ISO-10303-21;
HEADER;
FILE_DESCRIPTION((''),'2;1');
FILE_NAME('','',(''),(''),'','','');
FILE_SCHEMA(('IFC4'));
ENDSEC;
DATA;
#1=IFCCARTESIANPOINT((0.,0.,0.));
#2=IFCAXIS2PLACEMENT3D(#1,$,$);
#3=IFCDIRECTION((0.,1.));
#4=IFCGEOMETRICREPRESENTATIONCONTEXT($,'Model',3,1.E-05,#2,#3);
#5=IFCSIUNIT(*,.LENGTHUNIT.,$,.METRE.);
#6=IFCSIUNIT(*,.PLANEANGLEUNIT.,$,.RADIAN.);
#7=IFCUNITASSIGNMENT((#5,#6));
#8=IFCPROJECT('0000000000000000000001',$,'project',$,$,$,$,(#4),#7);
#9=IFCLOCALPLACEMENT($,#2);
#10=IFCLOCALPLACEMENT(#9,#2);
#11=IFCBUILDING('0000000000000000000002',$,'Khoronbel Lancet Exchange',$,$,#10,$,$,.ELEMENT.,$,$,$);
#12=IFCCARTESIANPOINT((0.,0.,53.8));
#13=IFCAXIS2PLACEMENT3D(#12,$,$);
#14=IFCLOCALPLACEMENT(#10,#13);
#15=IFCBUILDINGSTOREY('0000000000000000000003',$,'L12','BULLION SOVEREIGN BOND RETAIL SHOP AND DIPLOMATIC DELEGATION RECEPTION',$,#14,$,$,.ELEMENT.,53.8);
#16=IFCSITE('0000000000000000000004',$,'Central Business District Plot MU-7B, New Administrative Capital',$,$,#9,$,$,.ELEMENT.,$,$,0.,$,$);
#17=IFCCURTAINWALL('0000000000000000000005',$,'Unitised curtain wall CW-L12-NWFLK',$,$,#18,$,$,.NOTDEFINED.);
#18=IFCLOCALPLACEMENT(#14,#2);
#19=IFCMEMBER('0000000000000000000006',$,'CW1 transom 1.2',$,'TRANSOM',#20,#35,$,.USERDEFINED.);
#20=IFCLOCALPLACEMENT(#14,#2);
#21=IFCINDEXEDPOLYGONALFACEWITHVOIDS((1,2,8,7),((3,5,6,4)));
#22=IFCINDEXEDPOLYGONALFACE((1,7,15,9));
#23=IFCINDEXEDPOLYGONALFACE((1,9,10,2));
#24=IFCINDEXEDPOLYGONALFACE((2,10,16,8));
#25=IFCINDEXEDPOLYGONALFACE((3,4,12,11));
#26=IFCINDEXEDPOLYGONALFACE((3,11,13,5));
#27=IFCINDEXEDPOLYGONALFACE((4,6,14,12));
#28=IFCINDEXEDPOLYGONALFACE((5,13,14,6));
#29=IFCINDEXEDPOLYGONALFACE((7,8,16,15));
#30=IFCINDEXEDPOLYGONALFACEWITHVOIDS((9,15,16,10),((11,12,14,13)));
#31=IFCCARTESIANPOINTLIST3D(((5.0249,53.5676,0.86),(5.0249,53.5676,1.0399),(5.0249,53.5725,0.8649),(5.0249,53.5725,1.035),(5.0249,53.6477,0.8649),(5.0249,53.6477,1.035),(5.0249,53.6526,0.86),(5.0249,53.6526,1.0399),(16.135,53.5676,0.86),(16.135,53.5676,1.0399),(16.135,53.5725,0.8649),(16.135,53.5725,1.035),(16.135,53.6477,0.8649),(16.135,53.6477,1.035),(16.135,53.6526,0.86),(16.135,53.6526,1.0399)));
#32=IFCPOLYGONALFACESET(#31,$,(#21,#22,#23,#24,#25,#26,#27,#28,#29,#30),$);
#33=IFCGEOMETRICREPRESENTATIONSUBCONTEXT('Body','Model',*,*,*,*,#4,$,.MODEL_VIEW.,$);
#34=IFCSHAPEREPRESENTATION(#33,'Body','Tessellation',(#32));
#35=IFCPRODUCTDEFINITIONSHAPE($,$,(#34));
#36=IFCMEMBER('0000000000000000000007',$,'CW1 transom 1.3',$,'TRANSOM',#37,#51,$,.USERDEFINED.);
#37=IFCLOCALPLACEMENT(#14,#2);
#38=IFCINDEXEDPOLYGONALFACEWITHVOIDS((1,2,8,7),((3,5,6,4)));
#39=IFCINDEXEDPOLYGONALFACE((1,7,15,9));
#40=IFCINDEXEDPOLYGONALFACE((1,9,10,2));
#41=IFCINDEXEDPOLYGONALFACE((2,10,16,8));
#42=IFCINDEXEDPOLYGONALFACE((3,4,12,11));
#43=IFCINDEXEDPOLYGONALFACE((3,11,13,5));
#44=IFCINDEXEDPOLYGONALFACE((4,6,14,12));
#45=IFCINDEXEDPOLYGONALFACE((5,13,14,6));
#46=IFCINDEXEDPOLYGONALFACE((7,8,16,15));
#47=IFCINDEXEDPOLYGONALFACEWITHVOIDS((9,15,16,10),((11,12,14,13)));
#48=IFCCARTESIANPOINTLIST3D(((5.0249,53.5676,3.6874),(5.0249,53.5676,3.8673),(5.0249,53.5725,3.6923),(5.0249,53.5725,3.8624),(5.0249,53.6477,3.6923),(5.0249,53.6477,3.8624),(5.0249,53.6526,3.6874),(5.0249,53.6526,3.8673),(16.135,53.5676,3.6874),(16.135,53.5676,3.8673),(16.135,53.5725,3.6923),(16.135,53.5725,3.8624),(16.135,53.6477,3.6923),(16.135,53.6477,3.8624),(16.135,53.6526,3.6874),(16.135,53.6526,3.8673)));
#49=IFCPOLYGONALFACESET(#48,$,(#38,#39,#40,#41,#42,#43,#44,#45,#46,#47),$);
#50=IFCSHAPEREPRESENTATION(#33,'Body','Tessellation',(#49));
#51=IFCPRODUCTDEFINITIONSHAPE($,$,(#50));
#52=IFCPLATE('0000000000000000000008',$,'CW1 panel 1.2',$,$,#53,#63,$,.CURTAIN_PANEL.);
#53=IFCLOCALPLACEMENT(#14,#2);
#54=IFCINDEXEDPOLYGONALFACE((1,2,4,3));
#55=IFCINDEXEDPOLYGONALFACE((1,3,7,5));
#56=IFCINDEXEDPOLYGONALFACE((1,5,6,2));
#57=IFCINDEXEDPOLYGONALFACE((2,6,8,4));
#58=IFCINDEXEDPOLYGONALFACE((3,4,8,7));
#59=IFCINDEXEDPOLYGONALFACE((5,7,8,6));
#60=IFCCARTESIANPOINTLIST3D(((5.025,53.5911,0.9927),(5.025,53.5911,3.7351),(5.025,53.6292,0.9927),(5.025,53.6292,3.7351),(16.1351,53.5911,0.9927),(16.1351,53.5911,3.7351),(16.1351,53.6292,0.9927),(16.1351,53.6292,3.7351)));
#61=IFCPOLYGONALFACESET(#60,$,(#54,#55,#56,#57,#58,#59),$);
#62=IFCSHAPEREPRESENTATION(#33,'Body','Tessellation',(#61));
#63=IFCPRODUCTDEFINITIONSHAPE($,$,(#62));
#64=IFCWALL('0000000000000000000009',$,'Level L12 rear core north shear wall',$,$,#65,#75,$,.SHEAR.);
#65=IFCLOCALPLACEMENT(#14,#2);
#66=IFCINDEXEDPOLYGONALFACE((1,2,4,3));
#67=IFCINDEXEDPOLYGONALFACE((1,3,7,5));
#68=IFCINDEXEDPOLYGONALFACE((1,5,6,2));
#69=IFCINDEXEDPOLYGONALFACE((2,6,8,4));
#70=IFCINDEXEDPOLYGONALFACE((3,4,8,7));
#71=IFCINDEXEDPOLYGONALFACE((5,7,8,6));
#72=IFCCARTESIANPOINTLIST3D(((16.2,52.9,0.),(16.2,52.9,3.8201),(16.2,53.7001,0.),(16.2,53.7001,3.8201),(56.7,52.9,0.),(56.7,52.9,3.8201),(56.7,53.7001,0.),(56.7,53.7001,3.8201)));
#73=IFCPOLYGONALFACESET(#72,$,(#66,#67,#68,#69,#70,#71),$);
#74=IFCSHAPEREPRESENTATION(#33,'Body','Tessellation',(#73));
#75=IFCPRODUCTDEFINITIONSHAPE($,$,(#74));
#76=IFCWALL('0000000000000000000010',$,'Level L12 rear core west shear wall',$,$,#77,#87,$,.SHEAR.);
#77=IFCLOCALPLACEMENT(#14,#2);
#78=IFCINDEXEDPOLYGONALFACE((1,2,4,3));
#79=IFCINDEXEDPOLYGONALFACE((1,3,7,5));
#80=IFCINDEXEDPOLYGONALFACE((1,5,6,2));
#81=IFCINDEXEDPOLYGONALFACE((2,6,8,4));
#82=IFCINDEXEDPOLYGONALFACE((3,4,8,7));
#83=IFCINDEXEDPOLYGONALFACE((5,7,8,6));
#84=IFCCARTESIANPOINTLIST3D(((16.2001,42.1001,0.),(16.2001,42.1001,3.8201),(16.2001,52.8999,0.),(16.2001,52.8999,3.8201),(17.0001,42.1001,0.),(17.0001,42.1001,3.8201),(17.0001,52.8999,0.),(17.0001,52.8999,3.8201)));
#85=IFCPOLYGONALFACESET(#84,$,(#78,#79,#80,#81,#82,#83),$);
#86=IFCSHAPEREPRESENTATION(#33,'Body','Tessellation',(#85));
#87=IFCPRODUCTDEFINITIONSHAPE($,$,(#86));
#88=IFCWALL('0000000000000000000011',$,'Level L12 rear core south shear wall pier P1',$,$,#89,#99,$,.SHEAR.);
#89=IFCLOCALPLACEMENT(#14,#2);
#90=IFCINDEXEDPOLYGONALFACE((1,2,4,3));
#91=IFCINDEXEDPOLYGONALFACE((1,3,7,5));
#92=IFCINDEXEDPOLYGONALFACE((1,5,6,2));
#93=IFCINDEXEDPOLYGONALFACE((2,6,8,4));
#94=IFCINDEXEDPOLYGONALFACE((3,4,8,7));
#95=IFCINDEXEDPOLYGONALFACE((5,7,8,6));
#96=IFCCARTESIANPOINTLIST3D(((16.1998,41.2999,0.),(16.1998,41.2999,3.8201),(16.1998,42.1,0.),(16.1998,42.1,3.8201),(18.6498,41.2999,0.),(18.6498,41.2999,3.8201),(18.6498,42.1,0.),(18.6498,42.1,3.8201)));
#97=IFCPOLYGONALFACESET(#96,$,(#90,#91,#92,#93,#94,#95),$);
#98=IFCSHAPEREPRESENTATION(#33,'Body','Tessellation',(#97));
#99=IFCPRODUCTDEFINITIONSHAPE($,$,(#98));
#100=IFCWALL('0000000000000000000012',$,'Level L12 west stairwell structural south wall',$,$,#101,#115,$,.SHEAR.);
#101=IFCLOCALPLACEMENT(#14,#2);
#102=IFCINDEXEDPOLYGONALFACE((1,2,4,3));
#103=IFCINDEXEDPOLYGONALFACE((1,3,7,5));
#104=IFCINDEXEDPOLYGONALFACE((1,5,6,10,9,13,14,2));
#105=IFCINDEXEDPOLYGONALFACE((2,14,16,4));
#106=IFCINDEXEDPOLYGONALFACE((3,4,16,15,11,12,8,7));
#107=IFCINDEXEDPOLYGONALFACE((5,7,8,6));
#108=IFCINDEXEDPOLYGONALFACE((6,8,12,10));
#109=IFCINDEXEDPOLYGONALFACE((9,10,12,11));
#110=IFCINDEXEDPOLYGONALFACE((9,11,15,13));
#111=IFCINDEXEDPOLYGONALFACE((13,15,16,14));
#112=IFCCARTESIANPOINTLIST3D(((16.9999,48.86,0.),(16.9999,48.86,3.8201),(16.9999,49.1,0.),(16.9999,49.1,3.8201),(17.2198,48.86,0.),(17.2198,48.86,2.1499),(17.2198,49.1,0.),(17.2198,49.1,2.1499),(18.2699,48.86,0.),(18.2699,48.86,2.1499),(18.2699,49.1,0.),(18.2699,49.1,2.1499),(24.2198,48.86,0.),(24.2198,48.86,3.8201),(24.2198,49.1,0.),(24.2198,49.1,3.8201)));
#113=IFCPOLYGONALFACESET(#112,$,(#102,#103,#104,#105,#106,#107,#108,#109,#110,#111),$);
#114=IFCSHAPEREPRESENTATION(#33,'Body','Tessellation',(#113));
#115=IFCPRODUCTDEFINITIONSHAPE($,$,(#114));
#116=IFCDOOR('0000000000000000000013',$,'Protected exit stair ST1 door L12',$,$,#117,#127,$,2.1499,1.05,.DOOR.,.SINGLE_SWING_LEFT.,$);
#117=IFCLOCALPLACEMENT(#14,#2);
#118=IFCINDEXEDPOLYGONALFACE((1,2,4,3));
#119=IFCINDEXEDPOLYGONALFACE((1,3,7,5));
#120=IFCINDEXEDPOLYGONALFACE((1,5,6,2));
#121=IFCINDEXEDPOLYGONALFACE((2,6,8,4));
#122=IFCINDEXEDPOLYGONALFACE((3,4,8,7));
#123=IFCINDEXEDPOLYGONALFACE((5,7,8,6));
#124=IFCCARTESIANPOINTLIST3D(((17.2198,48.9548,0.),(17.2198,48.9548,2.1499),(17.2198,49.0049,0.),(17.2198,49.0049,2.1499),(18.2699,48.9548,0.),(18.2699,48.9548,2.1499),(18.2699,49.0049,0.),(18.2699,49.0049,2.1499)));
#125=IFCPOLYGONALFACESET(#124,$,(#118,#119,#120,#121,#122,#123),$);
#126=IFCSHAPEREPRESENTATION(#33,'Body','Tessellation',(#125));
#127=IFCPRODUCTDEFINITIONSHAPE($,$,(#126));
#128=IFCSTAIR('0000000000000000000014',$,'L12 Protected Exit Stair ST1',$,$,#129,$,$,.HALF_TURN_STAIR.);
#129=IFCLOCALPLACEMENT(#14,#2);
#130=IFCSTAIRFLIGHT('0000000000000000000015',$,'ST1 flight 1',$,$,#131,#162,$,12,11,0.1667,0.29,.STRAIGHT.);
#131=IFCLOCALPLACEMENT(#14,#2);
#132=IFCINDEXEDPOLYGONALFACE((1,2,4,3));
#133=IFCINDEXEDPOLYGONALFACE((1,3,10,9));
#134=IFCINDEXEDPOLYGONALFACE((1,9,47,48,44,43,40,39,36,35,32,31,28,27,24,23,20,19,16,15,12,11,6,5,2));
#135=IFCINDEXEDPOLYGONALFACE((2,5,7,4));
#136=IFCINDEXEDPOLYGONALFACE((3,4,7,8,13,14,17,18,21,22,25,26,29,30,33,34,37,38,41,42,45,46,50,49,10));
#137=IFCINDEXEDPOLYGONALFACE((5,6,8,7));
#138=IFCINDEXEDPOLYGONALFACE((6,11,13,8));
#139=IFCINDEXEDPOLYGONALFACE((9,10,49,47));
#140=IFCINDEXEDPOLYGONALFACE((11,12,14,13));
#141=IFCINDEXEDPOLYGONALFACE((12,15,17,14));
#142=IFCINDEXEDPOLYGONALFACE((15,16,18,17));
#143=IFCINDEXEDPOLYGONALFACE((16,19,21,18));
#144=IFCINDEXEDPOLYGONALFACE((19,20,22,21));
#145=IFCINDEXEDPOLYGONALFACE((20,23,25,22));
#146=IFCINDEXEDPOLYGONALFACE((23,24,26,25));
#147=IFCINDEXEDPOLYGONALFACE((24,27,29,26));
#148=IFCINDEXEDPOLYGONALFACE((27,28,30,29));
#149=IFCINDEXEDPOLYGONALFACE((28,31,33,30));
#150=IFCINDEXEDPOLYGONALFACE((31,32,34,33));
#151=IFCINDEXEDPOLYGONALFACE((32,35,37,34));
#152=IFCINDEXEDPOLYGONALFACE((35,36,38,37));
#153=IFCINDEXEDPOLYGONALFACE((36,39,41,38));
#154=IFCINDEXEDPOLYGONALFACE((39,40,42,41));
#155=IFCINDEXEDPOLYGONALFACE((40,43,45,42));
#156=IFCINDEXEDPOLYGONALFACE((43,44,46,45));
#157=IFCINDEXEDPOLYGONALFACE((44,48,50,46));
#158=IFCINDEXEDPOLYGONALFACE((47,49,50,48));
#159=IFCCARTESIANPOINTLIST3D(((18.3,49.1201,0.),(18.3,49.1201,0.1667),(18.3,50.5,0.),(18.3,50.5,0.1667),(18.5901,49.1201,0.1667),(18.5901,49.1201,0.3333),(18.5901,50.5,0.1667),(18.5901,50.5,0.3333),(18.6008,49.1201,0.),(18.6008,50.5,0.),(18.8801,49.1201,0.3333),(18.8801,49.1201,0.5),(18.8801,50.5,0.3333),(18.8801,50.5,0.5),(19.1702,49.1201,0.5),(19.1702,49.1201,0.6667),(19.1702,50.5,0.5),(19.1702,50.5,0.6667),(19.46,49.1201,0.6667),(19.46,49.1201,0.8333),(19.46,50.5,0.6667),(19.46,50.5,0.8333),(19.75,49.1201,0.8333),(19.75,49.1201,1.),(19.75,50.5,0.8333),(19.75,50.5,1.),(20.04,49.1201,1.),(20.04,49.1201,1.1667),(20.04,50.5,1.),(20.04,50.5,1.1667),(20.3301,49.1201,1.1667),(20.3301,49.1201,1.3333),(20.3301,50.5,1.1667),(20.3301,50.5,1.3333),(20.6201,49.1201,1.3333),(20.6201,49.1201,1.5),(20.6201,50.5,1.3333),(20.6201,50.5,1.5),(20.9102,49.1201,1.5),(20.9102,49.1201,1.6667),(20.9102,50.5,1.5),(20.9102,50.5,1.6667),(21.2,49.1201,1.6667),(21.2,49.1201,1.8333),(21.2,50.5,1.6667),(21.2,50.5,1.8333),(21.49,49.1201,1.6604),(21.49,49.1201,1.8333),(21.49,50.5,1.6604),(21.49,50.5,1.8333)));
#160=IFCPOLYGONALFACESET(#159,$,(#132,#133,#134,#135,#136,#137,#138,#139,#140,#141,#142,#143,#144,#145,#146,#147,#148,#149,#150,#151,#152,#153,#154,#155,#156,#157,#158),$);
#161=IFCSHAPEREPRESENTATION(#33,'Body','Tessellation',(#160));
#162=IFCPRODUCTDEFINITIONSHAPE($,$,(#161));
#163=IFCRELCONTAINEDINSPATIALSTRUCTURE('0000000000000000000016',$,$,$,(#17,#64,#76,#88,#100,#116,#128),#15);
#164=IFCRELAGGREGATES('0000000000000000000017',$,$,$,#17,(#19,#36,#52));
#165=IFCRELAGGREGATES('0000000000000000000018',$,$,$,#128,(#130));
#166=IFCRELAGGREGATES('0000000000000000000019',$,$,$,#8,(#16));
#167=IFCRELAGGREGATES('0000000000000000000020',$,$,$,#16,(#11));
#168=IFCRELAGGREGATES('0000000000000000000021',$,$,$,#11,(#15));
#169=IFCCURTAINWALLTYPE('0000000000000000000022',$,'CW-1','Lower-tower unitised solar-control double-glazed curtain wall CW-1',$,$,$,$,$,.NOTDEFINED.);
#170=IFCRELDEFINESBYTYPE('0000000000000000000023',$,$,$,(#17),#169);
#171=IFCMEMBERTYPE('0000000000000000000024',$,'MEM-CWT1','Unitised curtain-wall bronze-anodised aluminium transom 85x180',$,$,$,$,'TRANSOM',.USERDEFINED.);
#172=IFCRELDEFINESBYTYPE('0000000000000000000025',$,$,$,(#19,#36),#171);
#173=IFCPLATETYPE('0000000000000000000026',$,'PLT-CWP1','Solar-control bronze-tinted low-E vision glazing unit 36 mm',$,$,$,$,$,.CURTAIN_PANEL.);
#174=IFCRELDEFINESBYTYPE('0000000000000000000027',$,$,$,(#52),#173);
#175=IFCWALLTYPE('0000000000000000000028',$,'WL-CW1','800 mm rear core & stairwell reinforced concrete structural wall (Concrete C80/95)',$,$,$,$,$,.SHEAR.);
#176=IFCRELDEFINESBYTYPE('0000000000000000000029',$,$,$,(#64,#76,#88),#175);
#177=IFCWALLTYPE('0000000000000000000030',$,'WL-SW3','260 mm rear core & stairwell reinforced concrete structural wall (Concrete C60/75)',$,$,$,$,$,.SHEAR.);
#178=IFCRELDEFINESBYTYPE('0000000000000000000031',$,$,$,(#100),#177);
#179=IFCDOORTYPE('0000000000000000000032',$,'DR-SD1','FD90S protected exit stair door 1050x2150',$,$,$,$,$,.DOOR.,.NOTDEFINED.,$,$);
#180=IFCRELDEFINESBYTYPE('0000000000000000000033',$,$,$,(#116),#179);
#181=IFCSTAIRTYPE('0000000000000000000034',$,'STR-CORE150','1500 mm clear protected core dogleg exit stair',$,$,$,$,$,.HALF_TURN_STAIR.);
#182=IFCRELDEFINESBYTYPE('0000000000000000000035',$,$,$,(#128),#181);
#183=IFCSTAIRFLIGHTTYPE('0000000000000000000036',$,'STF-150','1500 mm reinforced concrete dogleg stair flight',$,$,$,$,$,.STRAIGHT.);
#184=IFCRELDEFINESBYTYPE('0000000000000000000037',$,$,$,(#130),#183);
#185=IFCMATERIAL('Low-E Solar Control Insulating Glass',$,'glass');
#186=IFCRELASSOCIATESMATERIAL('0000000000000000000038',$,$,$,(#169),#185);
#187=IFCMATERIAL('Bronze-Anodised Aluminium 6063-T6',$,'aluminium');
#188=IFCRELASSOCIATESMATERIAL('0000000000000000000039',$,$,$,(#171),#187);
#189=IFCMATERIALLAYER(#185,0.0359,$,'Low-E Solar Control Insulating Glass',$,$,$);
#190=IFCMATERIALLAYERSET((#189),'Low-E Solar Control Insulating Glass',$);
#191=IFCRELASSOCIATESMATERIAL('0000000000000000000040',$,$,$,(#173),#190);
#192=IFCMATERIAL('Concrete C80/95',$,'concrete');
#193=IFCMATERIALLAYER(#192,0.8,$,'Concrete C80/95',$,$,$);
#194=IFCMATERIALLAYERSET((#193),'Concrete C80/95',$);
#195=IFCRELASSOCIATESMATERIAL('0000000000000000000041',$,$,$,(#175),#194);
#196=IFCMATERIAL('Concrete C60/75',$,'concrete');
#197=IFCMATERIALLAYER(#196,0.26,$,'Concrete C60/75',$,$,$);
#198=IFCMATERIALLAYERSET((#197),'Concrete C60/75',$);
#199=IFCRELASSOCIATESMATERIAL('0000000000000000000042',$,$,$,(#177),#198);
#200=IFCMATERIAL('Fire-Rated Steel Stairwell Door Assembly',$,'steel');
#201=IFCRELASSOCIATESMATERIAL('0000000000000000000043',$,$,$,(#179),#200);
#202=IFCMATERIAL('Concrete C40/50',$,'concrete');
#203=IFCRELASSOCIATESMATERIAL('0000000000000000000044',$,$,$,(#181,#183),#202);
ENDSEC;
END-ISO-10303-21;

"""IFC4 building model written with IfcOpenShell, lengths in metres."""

from ifc_helpers import new_model, si_unit, direction, frame, frame_2d, origin, origin_2d, place, context, subcontext, project, spatial, polyline, rectangle, hollow_rectangle, outline, extrude, material, layer, layer_set, material_profile, profile_set, type_object, element, fill, aggregate, save


model = new_model("IFC4")

# Units and contexts
model_context = context("Model", 3, precision=1e-05, world=origin(), true_north=direction((0.0, 1.0)))
body_context = subcontext(model_context, "Body", "Model", "MODEL_VIEW")
ifc_project = project(units=[si_unit("LENGTHUNIT", "METRE"), si_unit("PLANEANGLEUNIT", "RADIAN")], contexts=[model_context])

# Site, building, storey
site_placement = place(None, origin())
site = spatial("IfcSite", under=ifc_project, at=site_placement, Name="Central Business District Plot MU-7B, New Administrative Capital", CompositionType="ELEMENT", RefElevation=0.0)
building_placement = place(site_placement, origin())
building = spatial("IfcBuilding", under=site, at=building_placement, Name="Khoronbel Lancet Exchange", CompositionType="ELEMENT")
storey_placement = place(building_placement, frame((0.0, 0.0, 53.8)))
storey = spatial("IfcBuildingStorey", under=building, at=storey_placement, Name="L12", Description="BULLION SOVEREIGN BOND RETAIL SHOP AND DIPLOMATIC DELEGATION RECEPTION", CompositionType="ELEMENT", Elevation=53.8)

# Shared definitions
ifc_material_1 = material(Name="Concrete C80/95", Category="concrete")

# Curtain wall, members, plate
ifc_material_2 = material(Name="Low-E Solar Control Insulating Glass", Category="glass")
curtain_wall_type = type_object("IfcCurtainWallType", Name="CW-1", Description="Lower-tower unitised solar-control double-glazed curtain wall CW-1", PredefinedType="NOTDEFINED", material=ifc_material_2)
curtain_wall_placement = place(storey_placement, origin())
curtain_wall = element("IfcCurtainWall", 1, at=curtain_wall_placement, inside=storey, type_object=curtain_wall_type, Name="Unitised curtain wall CW-L12-NWFLK", PredefinedType="NOTDEFINED")
ifc_material_3 = material(Name="Bronze-Anodised Aluminium 6063-T6", Category="aluminium")
ifc_material_profile_1 = material_profile(ifc_material_3, hollow_rectangle(XDim=0.085, YDim=0.1799, WallThickness=0.0049, at=origin_2d()), Name="ALU TRANSOM 85x180")
ifc_profile_set_1 = profile_set([ifc_material_profile_1], Name="Bronze-Anodised Aluminium 6063-T6")
member_type_1 = type_object("IfcMemberType", Name="MEM-CWT1", Description="Unitised curtain-wall bronze-anodised aluminium transom 85x180", ElementType="TRANSOM", PredefinedType="USERDEFINED", material=ifc_profile_set_1)
member_1_placement = place(storey_placement, frame((16.135, 53.6101, 0.95), z_axis=(-1.0, 0.0, 0.0), x_axis=(0.0, -1.0, 0.0)))
member_1 = element("IfcMember", 2, at=member_1_placement, type_object=member_type_1, Name="CW1 transom 1.2", ObjectType="TRANSOM", PredefinedType="USERDEFINED", context=body_context, shape_type="SweptSolid", body=[
    extrude(hollow_rectangle(XDim=0.085, YDim=0.1799, WallThickness=0.0049, at=origin_2d()), origin(), (0.0, 0.0, 1.0), 11.1101),
])
member_2_placement = place(storey_placement, frame((16.135, 53.6101, 3.7773), z_axis=(-1.0, 0.0, 0.0), x_axis=(0.0, -1.0, 0.0)))
member_2 = element("IfcMember", 3, at=member_2_placement, type_object=member_type_1, Name="CW1 transom 1.3", ObjectType="TRANSOM", PredefinedType="USERDEFINED", context=body_context, shape_type="SweptSolid", body=[
    extrude(hollow_rectangle(XDim=0.085, YDim=0.1799, WallThickness=0.0049, at=origin_2d()), origin(), (0.0, 0.0, 1.0), 11.1101),
])
ifc_layer_1 = layer(ifc_material_2, 0.0359, Name="Low-E Solar Control Insulating Glass")
ifc_layer_set_1 = layer_set([ifc_layer_1], Name="Low-E Solar Control Insulating Glass")
plate_type = type_object("IfcPlateType", Name="PLT-CWP1", Description="Solar-control bronze-tinted low-E vision glazing unit 36 mm", PredefinedType="CURTAIN_PANEL", material=ifc_layer_set_1)
plate_placement = place(storey_placement, frame((10.5801, 53.6101, 0.9927), z_axis=(0.0, 0.0, 1.0), x_axis=(-1.0, 0.0, 0.0)))
plate = element("IfcPlate", 4, at=plate_placement, type_object=plate_type, Name="CW1 panel 1.2", PredefinedType="CURTAIN_PANEL", context=body_context, shape_type="SweptSolid", body=[
    extrude(rectangle(XDim=11.1101, YDim=0.0381, at=origin_2d()), origin(), (0.0, 0.0, 1.0), 2.7424),
])
aggregate(curtain_wall, [member_1, member_2, plate])

# Walls
ifc_layer_2 = layer(ifc_material_1, 0.8, Name="Concrete C80/95")
ifc_layer_set_2 = layer_set([ifc_layer_2], Name="Concrete C80/95")
wall_type_1 = type_object("IfcWallType", Name="WL-CW1", Description="800 mm rear core & stairwell reinforced concrete structural wall (Concrete C80/95)", PredefinedType="SHEAR", material=ifc_layer_set_2)
wall_1_placement = place(storey_placement, frame((16.2, 53.3, 0.0), z_axis=(0.0, 0.0, 1.0), x_axis=(1.0, 0.0, 0.0)))
element("IfcWall", 5, at=wall_1_placement, inside=storey, type_object=wall_type_1, Name="Level L12 rear core north shear wall", PredefinedType="SHEAR", context=body_context, shape_type="SweptSolid", body=[
    extrude(rectangle(XDim=40.5, YDim=0.8, at=frame_2d((20.25, 0.0))), origin(), (0.0, 0.0, 1.0), 3.8201),
])
wall_2_placement = place(storey_placement, frame((16.6001, 42.1001, 0.0), z_axis=(0.0, 0.0, 1.0), x_axis=(0.0, 1.0, 0.0)))
element("IfcWall", 6, at=wall_2_placement, inside=storey, type_object=wall_type_1, Name="Level L12 rear core west shear wall", PredefinedType="SHEAR", context=body_context, shape_type="SweptSolid", body=[
    extrude(rectangle(XDim=10.7998, YDim=0.8, at=frame_2d((5.3999, 0.0))), origin(), (0.0, 0.0, 1.0), 3.8201),
])
wall_3_placement = place(storey_placement, frame((18.6499, 41.7, 0.0), z_axis=(0.0, 0.0, 1.0), x_axis=(-1.0, 0.0, 0.0)))
element("IfcWall", 7, at=wall_3_placement, inside=storey, type_object=wall_type_1, Name="Level L12 rear core south shear wall pier P1", PredefinedType="SHEAR", context=body_context, shape_type="SweptSolid", body=[
    extrude(rectangle(XDim=2.45, YDim=0.8, at=frame_2d((1.2251, 0.0))), origin(), (0.0, 0.0, 1.0), 3.8201),
])

# Wall, opening, door
ifc_material_4 = material(Name="Concrete C60/75", Category="concrete")
ifc_layer_3 = layer(ifc_material_4, 0.26, Name="Concrete C60/75")
ifc_layer_set_3 = layer_set([ifc_layer_3], Name="Concrete C60/75")
wall_type_2 = type_object("IfcWallType", Name="WL-SW3", Description="260 mm rear core & stairwell reinforced concrete structural wall (Concrete C60/75)", PredefinedType="SHEAR", material=ifc_layer_set_3)
wall_4_placement = place(storey_placement, frame((17.0, 48.98, 0.0), z_axis=(0.0, 0.0, 1.0), x_axis=(1.0, 0.0, 0.0)))
wall_4 = element("IfcWall", 8, at=wall_4_placement, inside=storey, type_object=wall_type_2, Name="Level L12 west stairwell structural south wall", PredefinedType="SHEAR", context=body_context, shape_type="SweptSolid", body=[
    extrude(rectangle(XDim=7.22, YDim=0.24, at=frame_2d((3.6099, 0.0))), origin(), (0.0, 0.0, 1.0), 3.8201),
])
opening_1_placement = place(wall_4_placement, frame((0.22, 0.0, 0.0)))
opening_1 = element("IfcOpeningElement", 9, at=opening_1_placement, cuts=wall_4, PredefinedType="OPENING", context=body_context, shape_type="SweptSolid", body=[
    extrude(rectangle(XDim=1.05, YDim=2.1499, at=frame_2d((0.5249, 1.075))), frame((0.0, 0.1299, 0.0), z_axis=(0.0, -1.0, 0.0), x_axis=(1.0, 0.0, 0.0)), (0.0, 0.0, 1.0), 0.26),
])
ifc_material_5 = material(Name="Fire-Rated Steel Stairwell Door Assembly", Category="steel")
door_type_1 = type_object("IfcDoorType", Name="DR-SD1", Description="FD90S protected exit stair door 1050x2150", OperationType="NOTDEFINED", PredefinedType="DOOR", material=ifc_material_5)
door_1_placement = place(opening_1_placement, origin())
door_1 = element("IfcDoor", 10, at=door_1_placement, inside=storey, type_object=door_type_1, Name="Protected exit stair ST1 door L12", OperationType="SINGLE_SWING_LEFT", OverallHeight=2.1499, OverallWidth=1.05, PredefinedType="DOOR", context=body_context, shape_type="SweptSolid", body=[
    extrude(rectangle(XDim=1.05, YDim=2.1499, at=frame_2d((0.5249, 1.075))), frame((0.0, 0.0249, 0.0), z_axis=(0.0, -1.0, 0.0), x_axis=(1.0, 0.0, 0.0)), (0.0, 0.0, 1.0), 0.05),
])
fill(opening_1, door_1)

# Stair, stair flight
ifc_material_6 = material(Name="Concrete C40/50", Category="concrete")
stair_type = type_object("IfcStairType", Name="STR-CORE150", Description="1500 mm clear protected core dogleg exit stair", PredefinedType="HALF_TURN_STAIR", material=ifc_material_6)
stair_placement = place(storey_placement, origin())
stair = element("IfcStair", 11, at=stair_placement, inside=storey, type_object=stair_type, Name="L12 Protected Exit Stair ST1", PredefinedType="HALF_TURN_STAIR")
stair_flight_type = type_object("IfcStairFlightType", Name="STF-150", Description="1500 mm reinforced concrete dogleg stair flight", PredefinedType="STRAIGHT", material=ifc_material_6)
stair_flight_placement = place(storey_placement, frame((18.3, 49.8101, 0.0), z_axis=(0.0, 0.0, 1.0), x_axis=(1.0, 0.0, 0.0)))
stair_flight = element("IfcStairFlight", 12, at=stair_flight_placement, type_object=stair_flight_type, Name="ST1 flight 1", NumberOfRisers=12, NumberOfTreads=11, PredefinedType="STRAIGHT", RiserHeight=0.1667, TreadLength=0.29, context=body_context, shape_type="SweptSolid", body=[
    extrude(outline(polyline([(0.0, 0.0), (0.0, 0.1667), (0.29, 0.1667), (0.29, 0.3333), (0.5801, 0.3333), (0.5801, 0.5), (0.8701, 0.5), (0.8701, 0.6667), (1.1599, 0.6667), (1.1599, 0.8333), (1.45, 0.8333), (1.45, 1.0), (1.74, 1.0), (1.74, 1.1667), (2.03, 1.1667), (2.03, 1.3333), (2.3201, 1.3333), (2.3201, 1.5), (2.6101, 1.5), (2.6101, 1.6667), (2.8999, 1.6667), (2.8999, 1.8333), (3.1899, 1.8333), (3.1899, 2.0), (3.1899, 1.6604), (0.3008, 0.0), (0.0, 0.0)])), frame((0.0, 0.6899, 0.0), z_axis=(0.0, -1.0, 0.0), x_axis=(1.0, 0.0, 0.0)), (0.0, 0.0, 1.0), 1.3799),
])
aggregate(stair, [stair_flight])

save(model, "model.ifc")
